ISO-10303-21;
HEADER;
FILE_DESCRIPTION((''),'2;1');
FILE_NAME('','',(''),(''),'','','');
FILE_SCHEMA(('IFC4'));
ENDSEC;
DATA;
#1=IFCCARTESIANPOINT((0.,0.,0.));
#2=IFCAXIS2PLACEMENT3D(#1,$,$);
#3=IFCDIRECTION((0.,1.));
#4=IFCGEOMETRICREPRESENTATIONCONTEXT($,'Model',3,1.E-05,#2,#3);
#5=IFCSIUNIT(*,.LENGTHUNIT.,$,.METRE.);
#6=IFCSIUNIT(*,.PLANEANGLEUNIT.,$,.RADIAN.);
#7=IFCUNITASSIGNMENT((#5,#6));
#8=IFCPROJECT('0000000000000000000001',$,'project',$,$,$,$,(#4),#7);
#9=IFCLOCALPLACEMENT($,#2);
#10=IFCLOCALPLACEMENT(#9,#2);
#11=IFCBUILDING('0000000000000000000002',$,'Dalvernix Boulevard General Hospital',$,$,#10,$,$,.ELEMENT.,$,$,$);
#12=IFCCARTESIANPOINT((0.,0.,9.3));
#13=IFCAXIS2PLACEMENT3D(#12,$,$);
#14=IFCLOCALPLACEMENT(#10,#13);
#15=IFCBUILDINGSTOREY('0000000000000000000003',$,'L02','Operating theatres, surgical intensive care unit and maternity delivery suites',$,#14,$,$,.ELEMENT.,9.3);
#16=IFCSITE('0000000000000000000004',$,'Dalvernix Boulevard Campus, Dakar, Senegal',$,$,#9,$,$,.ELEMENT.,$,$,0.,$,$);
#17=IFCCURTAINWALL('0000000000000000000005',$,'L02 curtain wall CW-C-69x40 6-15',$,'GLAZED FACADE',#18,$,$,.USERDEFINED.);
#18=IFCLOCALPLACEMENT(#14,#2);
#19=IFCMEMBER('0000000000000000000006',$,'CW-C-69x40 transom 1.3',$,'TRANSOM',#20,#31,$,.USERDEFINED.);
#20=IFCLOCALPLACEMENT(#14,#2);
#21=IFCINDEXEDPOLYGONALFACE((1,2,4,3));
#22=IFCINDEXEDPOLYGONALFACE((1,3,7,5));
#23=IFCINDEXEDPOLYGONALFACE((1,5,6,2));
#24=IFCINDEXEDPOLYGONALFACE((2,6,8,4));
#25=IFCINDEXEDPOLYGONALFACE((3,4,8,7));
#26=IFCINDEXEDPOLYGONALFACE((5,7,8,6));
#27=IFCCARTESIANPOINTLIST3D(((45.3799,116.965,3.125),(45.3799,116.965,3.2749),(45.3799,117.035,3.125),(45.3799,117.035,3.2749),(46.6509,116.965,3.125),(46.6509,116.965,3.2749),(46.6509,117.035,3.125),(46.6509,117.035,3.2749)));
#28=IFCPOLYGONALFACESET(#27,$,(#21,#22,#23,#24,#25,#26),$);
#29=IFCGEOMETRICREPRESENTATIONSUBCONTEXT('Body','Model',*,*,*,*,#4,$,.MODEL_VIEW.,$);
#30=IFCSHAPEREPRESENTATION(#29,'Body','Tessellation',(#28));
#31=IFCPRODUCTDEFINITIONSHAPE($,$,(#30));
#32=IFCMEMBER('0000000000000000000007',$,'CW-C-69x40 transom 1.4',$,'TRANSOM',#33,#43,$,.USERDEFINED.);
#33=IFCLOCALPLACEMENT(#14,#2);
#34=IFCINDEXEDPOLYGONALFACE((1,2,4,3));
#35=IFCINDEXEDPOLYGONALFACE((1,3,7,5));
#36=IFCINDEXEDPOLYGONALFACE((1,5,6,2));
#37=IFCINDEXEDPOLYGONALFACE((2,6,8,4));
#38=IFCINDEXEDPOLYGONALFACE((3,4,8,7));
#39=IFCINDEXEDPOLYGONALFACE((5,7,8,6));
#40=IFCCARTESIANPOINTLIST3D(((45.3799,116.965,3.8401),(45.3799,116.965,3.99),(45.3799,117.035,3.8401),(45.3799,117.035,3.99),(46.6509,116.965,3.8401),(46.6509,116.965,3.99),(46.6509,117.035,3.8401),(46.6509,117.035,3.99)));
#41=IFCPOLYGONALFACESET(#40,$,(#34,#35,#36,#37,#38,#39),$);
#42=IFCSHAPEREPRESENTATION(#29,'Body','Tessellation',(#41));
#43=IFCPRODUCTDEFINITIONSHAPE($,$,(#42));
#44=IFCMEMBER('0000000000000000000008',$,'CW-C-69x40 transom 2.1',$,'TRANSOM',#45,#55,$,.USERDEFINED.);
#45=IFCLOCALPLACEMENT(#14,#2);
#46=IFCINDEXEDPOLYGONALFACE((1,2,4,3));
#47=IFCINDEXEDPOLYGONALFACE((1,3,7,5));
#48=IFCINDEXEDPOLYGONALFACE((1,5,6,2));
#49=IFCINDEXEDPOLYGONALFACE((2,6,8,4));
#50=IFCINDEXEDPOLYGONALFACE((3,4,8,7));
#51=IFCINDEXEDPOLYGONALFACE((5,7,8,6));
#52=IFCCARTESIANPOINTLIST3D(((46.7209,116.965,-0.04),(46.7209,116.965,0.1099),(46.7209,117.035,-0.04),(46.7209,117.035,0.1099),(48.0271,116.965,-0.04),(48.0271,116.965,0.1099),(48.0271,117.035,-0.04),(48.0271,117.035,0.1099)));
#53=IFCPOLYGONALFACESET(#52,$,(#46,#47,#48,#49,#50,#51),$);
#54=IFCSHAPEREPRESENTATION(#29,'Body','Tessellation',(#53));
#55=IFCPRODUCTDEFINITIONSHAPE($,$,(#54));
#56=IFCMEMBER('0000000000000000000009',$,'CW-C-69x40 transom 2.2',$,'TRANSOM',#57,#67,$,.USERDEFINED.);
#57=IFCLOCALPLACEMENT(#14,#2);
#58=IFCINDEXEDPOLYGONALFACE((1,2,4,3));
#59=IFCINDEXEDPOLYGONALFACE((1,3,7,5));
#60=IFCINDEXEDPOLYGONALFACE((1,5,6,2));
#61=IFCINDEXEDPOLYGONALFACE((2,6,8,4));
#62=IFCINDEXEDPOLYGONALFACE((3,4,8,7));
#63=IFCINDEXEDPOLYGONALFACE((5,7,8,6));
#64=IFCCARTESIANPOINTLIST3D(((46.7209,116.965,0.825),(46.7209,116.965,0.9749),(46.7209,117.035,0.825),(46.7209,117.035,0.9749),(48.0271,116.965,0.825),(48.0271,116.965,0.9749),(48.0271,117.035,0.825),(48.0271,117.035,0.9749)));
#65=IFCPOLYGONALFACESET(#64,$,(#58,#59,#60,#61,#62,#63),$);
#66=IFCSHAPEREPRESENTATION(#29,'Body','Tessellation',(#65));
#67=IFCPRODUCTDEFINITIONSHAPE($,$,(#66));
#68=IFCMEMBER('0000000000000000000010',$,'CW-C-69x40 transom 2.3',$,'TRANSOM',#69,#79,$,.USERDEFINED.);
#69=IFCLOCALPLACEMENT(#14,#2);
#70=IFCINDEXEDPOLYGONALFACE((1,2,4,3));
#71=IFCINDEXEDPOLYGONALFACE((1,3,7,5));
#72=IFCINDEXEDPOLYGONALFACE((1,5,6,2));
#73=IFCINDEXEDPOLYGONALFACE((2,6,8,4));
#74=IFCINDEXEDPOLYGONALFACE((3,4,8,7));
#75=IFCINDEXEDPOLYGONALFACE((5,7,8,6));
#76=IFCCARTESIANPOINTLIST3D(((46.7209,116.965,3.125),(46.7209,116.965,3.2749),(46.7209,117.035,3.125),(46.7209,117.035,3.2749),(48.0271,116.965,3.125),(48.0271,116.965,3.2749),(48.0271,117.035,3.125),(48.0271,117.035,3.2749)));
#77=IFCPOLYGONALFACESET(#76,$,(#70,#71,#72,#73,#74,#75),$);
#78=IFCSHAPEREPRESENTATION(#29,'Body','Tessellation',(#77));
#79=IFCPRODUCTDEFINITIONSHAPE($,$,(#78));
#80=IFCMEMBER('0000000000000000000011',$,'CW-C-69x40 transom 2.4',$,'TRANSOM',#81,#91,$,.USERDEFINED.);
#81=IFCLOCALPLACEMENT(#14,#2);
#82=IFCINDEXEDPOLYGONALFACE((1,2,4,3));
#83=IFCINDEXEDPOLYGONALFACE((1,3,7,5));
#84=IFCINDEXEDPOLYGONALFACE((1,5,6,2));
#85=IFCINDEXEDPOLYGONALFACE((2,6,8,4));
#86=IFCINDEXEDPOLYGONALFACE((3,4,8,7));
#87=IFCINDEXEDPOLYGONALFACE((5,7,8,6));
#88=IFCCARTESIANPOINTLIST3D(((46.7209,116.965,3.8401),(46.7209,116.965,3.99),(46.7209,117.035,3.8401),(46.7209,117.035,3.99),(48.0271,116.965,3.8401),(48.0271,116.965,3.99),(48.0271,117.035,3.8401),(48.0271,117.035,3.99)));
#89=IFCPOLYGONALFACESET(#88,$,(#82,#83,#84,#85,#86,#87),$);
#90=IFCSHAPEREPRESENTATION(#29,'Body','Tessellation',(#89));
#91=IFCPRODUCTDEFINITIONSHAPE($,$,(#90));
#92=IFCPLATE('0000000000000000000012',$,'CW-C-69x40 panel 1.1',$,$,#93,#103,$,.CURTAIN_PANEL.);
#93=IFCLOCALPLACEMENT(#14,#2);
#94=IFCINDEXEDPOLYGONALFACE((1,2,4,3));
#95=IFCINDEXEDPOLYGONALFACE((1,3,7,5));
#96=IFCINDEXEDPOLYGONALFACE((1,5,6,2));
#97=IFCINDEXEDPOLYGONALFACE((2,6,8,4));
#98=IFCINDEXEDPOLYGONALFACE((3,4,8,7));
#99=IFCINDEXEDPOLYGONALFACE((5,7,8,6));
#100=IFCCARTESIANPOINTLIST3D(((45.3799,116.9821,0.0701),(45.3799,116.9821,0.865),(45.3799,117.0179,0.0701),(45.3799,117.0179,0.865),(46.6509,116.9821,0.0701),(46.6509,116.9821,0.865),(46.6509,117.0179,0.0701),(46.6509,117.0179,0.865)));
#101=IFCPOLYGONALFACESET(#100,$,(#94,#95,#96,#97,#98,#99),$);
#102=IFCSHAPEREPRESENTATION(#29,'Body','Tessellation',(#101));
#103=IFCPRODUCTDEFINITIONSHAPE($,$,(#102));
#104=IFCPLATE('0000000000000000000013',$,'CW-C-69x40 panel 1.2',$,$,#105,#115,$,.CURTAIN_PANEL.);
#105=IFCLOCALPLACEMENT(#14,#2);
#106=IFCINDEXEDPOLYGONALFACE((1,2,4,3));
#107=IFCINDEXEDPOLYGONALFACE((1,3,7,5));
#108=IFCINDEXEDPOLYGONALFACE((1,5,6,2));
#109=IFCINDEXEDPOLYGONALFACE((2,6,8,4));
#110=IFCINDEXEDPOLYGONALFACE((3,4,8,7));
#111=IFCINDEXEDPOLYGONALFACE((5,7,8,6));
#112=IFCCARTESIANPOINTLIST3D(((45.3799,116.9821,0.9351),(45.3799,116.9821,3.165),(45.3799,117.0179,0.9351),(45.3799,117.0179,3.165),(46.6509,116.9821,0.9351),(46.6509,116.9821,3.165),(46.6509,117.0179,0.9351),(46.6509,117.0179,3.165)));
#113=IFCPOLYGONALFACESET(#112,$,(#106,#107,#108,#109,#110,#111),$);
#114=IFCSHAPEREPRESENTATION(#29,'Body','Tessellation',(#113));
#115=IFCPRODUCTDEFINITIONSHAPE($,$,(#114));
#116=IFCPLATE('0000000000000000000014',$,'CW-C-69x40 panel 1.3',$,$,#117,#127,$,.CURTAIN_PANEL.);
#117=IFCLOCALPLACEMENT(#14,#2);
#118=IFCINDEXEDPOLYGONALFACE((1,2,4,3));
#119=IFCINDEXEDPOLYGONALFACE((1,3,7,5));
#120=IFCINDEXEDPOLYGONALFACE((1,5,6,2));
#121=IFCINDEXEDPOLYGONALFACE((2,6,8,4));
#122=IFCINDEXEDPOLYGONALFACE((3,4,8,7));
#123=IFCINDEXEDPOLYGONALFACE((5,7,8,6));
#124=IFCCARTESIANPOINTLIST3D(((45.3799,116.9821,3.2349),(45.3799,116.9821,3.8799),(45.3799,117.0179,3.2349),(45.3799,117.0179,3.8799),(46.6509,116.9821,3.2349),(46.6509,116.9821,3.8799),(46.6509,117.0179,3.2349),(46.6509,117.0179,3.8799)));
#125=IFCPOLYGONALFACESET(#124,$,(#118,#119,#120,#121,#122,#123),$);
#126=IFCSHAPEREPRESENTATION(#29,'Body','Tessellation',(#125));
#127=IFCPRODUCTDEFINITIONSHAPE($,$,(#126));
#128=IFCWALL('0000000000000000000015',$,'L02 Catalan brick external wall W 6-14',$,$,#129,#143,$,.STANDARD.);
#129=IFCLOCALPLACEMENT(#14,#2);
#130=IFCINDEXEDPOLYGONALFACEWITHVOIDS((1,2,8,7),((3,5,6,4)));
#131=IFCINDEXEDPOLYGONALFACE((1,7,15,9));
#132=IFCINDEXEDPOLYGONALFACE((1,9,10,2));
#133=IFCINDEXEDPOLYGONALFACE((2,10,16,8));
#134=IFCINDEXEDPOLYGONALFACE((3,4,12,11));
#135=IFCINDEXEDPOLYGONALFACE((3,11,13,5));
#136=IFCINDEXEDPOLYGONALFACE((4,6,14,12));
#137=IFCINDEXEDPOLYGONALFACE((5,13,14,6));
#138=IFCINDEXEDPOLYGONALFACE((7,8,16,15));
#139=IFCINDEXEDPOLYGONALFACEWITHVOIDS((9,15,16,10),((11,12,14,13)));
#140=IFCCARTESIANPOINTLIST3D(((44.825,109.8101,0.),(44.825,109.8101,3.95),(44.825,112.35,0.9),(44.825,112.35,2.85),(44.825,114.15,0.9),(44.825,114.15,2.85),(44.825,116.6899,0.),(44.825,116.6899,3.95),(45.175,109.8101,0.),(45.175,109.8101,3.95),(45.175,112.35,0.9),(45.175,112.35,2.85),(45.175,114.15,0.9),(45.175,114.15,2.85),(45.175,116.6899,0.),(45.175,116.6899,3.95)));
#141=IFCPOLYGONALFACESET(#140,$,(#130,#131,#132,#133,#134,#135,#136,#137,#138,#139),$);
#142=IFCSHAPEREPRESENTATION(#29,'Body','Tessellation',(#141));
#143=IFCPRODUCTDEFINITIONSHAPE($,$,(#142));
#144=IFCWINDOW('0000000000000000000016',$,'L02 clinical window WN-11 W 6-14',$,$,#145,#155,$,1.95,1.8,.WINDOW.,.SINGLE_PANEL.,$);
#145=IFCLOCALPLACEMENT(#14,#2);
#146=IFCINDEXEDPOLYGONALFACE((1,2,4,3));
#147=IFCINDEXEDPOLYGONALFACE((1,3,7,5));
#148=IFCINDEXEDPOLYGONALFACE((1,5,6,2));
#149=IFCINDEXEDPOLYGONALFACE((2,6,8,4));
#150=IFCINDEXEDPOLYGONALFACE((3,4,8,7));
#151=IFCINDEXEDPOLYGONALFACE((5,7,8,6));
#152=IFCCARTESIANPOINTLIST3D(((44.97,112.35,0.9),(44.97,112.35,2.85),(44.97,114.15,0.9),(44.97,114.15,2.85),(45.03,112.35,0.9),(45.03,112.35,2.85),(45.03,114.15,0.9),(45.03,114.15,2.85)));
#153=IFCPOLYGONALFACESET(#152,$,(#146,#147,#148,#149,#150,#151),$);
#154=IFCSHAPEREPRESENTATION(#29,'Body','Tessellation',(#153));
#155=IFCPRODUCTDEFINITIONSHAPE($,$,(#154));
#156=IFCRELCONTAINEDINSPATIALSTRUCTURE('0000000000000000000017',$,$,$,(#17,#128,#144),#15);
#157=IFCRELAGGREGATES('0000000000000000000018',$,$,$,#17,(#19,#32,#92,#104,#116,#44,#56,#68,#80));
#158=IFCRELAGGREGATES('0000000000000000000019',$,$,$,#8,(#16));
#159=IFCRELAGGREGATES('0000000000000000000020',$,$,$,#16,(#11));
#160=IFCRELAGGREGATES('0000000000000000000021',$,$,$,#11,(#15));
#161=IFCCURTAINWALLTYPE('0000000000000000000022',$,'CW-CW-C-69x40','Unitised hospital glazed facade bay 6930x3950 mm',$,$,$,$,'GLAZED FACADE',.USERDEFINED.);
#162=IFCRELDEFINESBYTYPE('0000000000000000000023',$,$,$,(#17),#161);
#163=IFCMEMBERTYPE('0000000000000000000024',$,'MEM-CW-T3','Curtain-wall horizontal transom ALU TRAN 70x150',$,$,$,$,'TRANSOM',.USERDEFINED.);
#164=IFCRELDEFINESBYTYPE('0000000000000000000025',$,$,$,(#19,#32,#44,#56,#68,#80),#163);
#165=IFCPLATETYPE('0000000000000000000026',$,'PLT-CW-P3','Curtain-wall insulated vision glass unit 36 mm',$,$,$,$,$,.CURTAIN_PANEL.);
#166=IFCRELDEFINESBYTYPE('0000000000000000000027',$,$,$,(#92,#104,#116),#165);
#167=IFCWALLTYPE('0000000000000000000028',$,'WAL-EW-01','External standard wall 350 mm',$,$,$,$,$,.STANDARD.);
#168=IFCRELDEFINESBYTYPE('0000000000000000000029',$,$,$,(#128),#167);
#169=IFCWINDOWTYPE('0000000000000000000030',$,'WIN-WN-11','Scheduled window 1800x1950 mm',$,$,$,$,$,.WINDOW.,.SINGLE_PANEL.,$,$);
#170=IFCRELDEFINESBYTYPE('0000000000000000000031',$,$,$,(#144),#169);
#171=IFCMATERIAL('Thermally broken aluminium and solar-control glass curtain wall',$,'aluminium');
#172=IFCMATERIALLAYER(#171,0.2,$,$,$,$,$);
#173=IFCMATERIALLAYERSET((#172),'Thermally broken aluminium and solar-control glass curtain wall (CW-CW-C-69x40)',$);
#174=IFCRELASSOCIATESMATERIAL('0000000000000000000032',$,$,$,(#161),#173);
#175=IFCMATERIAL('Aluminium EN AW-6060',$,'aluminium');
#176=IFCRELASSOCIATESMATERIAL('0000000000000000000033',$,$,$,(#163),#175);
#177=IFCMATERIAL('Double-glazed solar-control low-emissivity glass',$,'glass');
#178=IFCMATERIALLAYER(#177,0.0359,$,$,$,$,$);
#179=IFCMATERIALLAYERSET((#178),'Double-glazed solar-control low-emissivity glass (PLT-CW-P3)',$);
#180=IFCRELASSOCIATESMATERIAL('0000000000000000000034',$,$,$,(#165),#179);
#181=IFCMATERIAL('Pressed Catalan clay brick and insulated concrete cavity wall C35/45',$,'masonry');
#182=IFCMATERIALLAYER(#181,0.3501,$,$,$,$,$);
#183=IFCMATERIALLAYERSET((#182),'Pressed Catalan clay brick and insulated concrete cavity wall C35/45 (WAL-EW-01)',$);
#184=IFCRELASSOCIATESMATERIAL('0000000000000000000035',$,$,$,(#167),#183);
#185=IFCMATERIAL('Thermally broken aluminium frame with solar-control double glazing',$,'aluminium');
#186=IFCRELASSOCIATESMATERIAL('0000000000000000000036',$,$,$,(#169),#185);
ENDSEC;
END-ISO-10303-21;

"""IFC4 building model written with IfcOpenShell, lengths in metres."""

from ifc_helpers import new_model, si_unit, direction, frame, frame_2d, origin, origin_2d, place, context, subcontext, project, spatial, rectangle, extrude, material, layer, layer_set, material_profile, profile_set, type_object, element, fill, aggregate, save


model = new_model("IFC4")

# Units and contexts
model_context = context("Model", 3, precision=1e-05, world=origin(), true_north=direction((0.0, 1.0)))
body_context = subcontext(model_context, "Body", "Model", "MODEL_VIEW")
ifc_project = project(units=[si_unit("LENGTHUNIT", "METRE"), si_unit("PLANEANGLEUNIT", "RADIAN")], contexts=[model_context])

# Site, building, storey
site_placement = place(None, origin())
site = spatial("IfcSite", under=ifc_project, at=site_placement, Name="Dalvernix Boulevard Campus, Dakar, Senegal", CompositionType="ELEMENT", RefElevation=0.0)
building_placement = place(site_placement, origin())
building = spatial("IfcBuilding", under=site, at=building_placement, Name="Dalvernix Boulevard General Hospital", CompositionType="ELEMENT")
storey_placement = place(building_placement, frame((0.0, 0.0, 9.3)))
storey = spatial("IfcBuildingStorey", under=building, at=storey_placement, Name="L02", Description="Operating theatres, surgical intensive care unit and maternity delivery suites", CompositionType="ELEMENT", Elevation=9.3)

# Curtain wall, members, plates
ifc_material_1 = material(Name="Thermally broken aluminium and solar-control glass curtain wall", Category="aluminium")
ifc_layer_1 = layer(ifc_material_1, 0.2)
ifc_layer_set_1 = layer_set([ifc_layer_1], Name="Thermally broken aluminium and solar-control glass curtain wall (CW-CW-C-69x40)")
curtain_wall_type = type_object("IfcCurtainWallType", Name="CW-CW-C-69x40", Description="Unitised hospital glazed facade bay 6930x3950 mm", ElementType="GLAZED FACADE", PredefinedType="USERDEFINED", material=ifc_layer_set_1)
curtain_wall_placement = place(storey_placement, origin())
curtain_wall = element("IfcCurtainWall", 1, at=curtain_wall_placement, inside=storey, type_object=curtain_wall_type, Name="L02 curtain wall CW-C-69x40 6-15", ObjectType="GLAZED FACADE", PredefinedType="USERDEFINED")
ifc_material_2 = material(Name="Aluminium EN AW-6060", Category="aluminium")
ifc_material_profile_1 = material_profile(ifc_material_2, rectangle(XDim=0.0701, YDim=0.1499, at=origin_2d()), Name="ALU TRAN 70x150")
ifc_profile_set_1 = profile_set([ifc_material_profile_1], Name="Aluminium EN AW-6060")
member_type_1 = type_object("IfcMemberType", Name="MEM-CW-T3", Description="Curtain-wall horizontal transom ALU TRAN 70x150", ElementType="TRANSOM", PredefinedType="USERDEFINED", material=ifc_profile_set_1)
member_1_placement = place(storey_placement, frame((45.3799, 117.0, 3.2), z_axis=(1.0, 0.0, 0.0), x_axis=(0.0, 1.0, 0.0)))
member_1 = element("IfcMember", 2, at=member_1_placement, type_object=member_type_1, Name="CW-C-69x40 transom 1.3", ObjectType="TRANSOM", PredefinedType="USERDEFINED", context=body_context, shape_type="SweptSolid", body=[
    extrude(rectangle(XDim=0.0701, YDim=0.1499, at=origin_2d()), origin(), (0.0, 0.0, 1.0), 1.271),
])
member_2_placement = place(storey_placement, frame((45.3799, 117.0, 3.915), z_axis=(1.0, 0.0, 0.0), x_axis=(0.0, 1.0, 0.0)))
member_2 = element("IfcMember", 3, at=member_2_placement, type_object=member_type_1, Name="CW-C-69x40 transom 1.4", ObjectType="TRANSOM", PredefinedType="USERDEFINED", context=body_context, shape_type="SweptSolid", body=[
    extrude(rectangle(XDim=0.0701, YDim=0.1499, at=origin_2d()), origin(), (0.0, 0.0, 1.0), 1.271),
])
member_3_placement = place(storey_placement, frame((46.7209, 117.0, 0.0349), z_axis=(1.0, 0.0, 0.0), x_axis=(0.0, 1.0, 0.0)))
member_3 = element("IfcMember", 4, at=member_3_placement, type_object=member_type_1, Name="CW-C-69x40 transom 2.1", ObjectType="TRANSOM", PredefinedType="USERDEFINED", context=body_context, shape_type="SweptSolid", body=[
    extrude(rectangle(XDim=0.0701, YDim=0.1499, at=origin_2d()), origin(), (0.0, 0.0, 1.0), 1.3062),
])
member_4_placement = place(storey_placement, frame((46.7209, 117.0, 0.8999), z_axis=(1.0, 0.0, 0.0), x_axis=(0.0, 1.0, 0.0)))
member_4 = element("IfcMember", 5, at=member_4_placement, type_object=member_type_1, Name="CW-C-69x40 transom 2.2", ObjectType="TRANSOM", PredefinedType="USERDEFINED", context=body_context, shape_type="SweptSolid", body=[
    extrude(rectangle(XDim=0.0701, YDim=0.1499, at=origin_2d()), origin(), (0.0, 0.0, 1.0), 1.3062),
])
member_5_placement = place(storey_placement, frame((46.7209, 117.0, 3.2), z_axis=(1.0, 0.0, 0.0), x_axis=(0.0, 1.0, 0.0)))
member_5 = element("IfcMember", 6, at=member_5_placement, type_object=member_type_1, Name="CW-C-69x40 transom 2.3", ObjectType="TRANSOM", PredefinedType="USERDEFINED", context=body_context, shape_type="SweptSolid", body=[
    extrude(rectangle(XDim=0.0701, YDim=0.1499, at=origin_2d()), origin(), (0.0, 0.0, 1.0), 1.3062),
])
member_6_placement = place(storey_placement, frame((46.7209, 117.0, 3.915), z_axis=(1.0, 0.0, 0.0), x_axis=(0.0, 1.0, 0.0)))
member_6 = element("IfcMember", 7, at=member_6_placement, type_object=member_type_1, Name="CW-C-69x40 transom 2.4", ObjectType="TRANSOM", PredefinedType="USERDEFINED", context=body_context, shape_type="SweptSolid", body=[
    extrude(rectangle(XDim=0.0701, YDim=0.1499, at=origin_2d()), origin(), (0.0, 0.0, 1.0), 1.3062),
])
ifc_material_3 = material(Name="Double-glazed solar-control low-emissivity glass", Category="glass")
ifc_layer_2 = layer(ifc_material_3, 0.0359)
ifc_layer_set_2 = layer_set([ifc_layer_2], Name="Double-glazed solar-control low-emissivity glass (PLT-CW-P3)")
plate_type = type_object("IfcPlateType", Name="PLT-CW-P3", Description="Curtain-wall insulated vision glass unit 36 mm", PredefinedType="CURTAIN_PANEL", material=ifc_layer_set_2)
plate_1_placement = place(storey_placement, frame((46.0154, 117.0, 0.0701), z_axis=(0.0, 0.0, 1.0), x_axis=(1.0, 0.0, 0.0)))
plate_1 = element("IfcPlate", 8, at=plate_1_placement, type_object=plate_type, Name="CW-C-69x40 panel 1.1", PredefinedType="CURTAIN_PANEL", context=body_context, shape_type="SweptSolid", body=[
    extrude(rectangle(XDim=1.271, YDim=0.0359, at=origin_2d()), origin(), (0.0, 0.0, 1.0), 0.7949),
])
plate_2_placement = place(storey_placement, frame((46.0154, 117.0, 0.9351), z_axis=(0.0, 0.0, 1.0), x_axis=(1.0, 0.0, 0.0)))
plate_2 = element("IfcPlate", 9, at=plate_2_placement, type_object=plate_type, Name="CW-C-69x40 panel 1.2", PredefinedType="CURTAIN_PANEL", context=body_context, shape_type="SweptSolid", body=[
    extrude(rectangle(XDim=1.271, YDim=0.0359, at=origin_2d()), origin(), (0.0, 0.0, 1.0), 2.23),
])
plate_3_placement = place(storey_placement, frame((46.0154, 117.0, 3.2349), z_axis=(0.0, 0.0, 1.0), x_axis=(1.0, 0.0, 0.0)))
plate_3 = element("IfcPlate", 10, at=plate_3_placement, type_object=plate_type, Name="CW-C-69x40 panel 1.3", PredefinedType="CURTAIN_PANEL", context=body_context, shape_type="SweptSolid", body=[
    extrude(rectangle(XDim=1.271, YDim=0.0359, at=origin_2d()), origin(), (0.0, 0.0, 1.0), 0.645),
])
aggregate(curtain_wall, [member_1, member_2, plate_1, plate_2, plate_3, member_3, member_4, member_5, member_6])

# Wall, opening, window
ifc_material_4 = material(Name="Pressed Catalan clay brick and insulated concrete cavity wall C35/45", Category="masonry")
ifc_layer_3 = layer(ifc_material_4, 0.3501)
ifc_layer_set_3 = layer_set([ifc_layer_3], Name="Pressed Catalan clay brick and insulated concrete cavity wall C35/45 (WAL-EW-01)")
wall_type_1 = type_object("IfcWallType", Name="WAL-EW-01", Description="External standard wall 350 mm", PredefinedType="STANDARD", material=ifc_layer_set_3)
wall_1_placement = place(storey_placement, frame((45.0, 109.8101, 0.0), z_axis=(0.0, 0.0, 1.0), x_axis=(0.0, 1.0, 0.0)))
wall_1 = element("IfcWall", 11, at=wall_1_placement, inside=storey, type_object=wall_type_1, Name="L02 Catalan brick external wall W 6-14", PredefinedType="STANDARD", context=body_context, shape_type="SweptSolid", body=[
    extrude(rectangle(XDim=6.8799, YDim=0.3501, at=frame_2d((3.4399, 0.0))), origin(), (0.0, 0.0, 1.0), 3.95),
])
opening_1_placement = place(wall_1_placement, frame((2.54, 0.0, 0.8999)))
opening_1 = element("IfcOpeningElement", 12, at=opening_1_placement, cuts=wall_1, PredefinedType="OPENING", context=body_context, shape_type="SweptSolid", body=[
    extrude(rectangle(XDim=1.8, YDim=1.95, at=frame_2d((0.8999, 0.9751))), frame((0.0, 0.1851, 0.0), z_axis=(0.0, -1.0, 0.0), x_axis=(1.0, 0.0, 0.0)), (0.0, 0.0, 1.0), 0.3701),
])
ifc_material_5 = material(Name="Thermally broken aluminium frame with solar-control double glazing", Category="aluminium")
window_type = type_object("IfcWindowType", Name="WIN-WN-11", Description="Scheduled window 1800x1950 mm", PartitioningType="SINGLE_PANEL", PredefinedType="WINDOW", material=ifc_material_5)
window_placement = place(opening_1_placement, origin())
window = element("IfcWindow", 13, at=window_placement, inside=storey, type_object=window_type, Name="L02 clinical window WN-11 W 6-14", OverallHeight=1.95, OverallWidth=1.8, PartitioningType="SINGLE_PANEL", PredefinedType="WINDOW", context=body_context, shape_type="SweptSolid", body=[
    extrude(rectangle(XDim=1.8, YDim=1.95, at=frame_2d((0.8999, 0.9751))), frame((0.0, 0.03, 0.0), z_axis=(0.0, -1.0, 0.0), x_axis=(1.0, 0.0, 0.0)), (0.0, 0.0, 1.0), 0.0601),
])
fill(opening_1, window)

save(model, "model.ifc")
